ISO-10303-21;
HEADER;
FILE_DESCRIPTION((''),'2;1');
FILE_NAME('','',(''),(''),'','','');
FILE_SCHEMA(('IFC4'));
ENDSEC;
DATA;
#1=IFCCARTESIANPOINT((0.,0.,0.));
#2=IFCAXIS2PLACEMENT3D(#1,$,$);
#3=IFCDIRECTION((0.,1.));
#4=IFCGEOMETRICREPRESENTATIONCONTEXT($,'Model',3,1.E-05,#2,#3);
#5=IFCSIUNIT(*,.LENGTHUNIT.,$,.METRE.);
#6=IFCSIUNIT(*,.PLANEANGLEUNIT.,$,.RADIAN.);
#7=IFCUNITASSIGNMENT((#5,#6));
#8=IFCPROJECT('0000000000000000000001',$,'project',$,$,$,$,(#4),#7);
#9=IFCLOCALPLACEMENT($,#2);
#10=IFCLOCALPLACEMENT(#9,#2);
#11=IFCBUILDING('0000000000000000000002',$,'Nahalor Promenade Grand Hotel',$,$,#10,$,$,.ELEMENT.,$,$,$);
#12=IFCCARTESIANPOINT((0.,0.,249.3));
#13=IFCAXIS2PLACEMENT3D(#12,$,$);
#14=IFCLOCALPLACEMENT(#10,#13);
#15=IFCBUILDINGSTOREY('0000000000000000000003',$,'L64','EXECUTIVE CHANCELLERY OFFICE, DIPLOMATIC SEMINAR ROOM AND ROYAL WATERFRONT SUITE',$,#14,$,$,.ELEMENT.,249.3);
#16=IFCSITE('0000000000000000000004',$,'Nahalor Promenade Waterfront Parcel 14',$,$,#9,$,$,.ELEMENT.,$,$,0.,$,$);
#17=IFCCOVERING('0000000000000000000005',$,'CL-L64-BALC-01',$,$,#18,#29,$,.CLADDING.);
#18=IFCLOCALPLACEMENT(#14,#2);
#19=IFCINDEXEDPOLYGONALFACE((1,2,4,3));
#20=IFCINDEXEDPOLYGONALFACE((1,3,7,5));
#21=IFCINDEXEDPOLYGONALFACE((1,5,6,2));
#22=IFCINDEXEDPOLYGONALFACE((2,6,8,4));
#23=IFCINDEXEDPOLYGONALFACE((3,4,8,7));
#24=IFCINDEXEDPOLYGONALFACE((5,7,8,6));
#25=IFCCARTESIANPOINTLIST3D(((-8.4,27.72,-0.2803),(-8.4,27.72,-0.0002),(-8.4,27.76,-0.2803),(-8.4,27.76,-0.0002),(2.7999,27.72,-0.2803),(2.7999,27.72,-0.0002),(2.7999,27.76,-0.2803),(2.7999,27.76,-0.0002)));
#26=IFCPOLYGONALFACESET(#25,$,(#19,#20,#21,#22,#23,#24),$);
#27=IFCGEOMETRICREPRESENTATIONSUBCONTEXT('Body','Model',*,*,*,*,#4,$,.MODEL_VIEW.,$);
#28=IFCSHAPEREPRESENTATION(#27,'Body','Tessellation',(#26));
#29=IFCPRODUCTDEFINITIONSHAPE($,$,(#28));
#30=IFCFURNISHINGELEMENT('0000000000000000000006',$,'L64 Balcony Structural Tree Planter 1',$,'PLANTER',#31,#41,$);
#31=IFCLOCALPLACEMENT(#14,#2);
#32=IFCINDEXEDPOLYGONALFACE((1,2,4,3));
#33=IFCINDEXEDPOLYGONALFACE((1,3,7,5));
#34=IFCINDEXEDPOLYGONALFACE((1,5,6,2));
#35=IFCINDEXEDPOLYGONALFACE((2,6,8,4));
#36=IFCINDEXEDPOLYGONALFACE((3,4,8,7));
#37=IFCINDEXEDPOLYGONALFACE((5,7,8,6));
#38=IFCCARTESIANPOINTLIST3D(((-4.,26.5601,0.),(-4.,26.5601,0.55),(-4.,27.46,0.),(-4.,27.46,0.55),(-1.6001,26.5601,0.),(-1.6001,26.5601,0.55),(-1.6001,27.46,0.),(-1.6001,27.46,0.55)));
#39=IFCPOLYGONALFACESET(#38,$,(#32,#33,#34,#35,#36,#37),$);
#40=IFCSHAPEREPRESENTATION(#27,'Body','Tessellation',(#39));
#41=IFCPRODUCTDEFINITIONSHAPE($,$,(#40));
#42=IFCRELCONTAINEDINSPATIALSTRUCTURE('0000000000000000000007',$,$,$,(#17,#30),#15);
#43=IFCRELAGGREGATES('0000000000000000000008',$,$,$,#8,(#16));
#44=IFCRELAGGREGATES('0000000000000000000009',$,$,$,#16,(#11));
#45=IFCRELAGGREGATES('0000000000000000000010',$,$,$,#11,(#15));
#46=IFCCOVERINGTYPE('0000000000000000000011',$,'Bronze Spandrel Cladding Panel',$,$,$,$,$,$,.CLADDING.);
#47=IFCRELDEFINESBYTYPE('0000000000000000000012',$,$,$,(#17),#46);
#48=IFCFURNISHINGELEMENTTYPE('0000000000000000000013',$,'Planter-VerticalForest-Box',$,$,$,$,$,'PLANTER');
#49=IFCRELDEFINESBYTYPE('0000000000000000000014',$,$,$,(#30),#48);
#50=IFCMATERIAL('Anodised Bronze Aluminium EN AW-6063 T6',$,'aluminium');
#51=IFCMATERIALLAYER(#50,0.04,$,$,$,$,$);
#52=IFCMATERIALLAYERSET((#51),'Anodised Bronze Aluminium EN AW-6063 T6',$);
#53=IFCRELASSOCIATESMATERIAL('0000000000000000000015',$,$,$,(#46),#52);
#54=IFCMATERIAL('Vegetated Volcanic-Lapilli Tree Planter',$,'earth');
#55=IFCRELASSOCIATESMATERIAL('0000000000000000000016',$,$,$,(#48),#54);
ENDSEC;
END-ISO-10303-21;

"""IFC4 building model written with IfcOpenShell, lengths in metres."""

from ifc_helpers import new_model, si_unit, direction, frame, origin, origin_2d, place, context, subcontext, project, spatial, rectangle, extrude, source, transform, mapped, material, layer, layer_set, type_object, element, save


model = new_model("IFC4")

# Units and contexts
model_context = context("Model", 3, precision=1e-05, world=origin(), true_north=direction((0.0, 1.0)))
body_context = subcontext(model_context, "Body", "Model", "MODEL_VIEW")
ifc_project = project(units=[si_unit("LENGTHUNIT", "METRE"), si_unit("PLANEANGLEUNIT", "RADIAN")], contexts=[model_context])

# Site, building, storey
site_placement = place(None, origin())
site = spatial("IfcSite", under=ifc_project, at=site_placement, Name="Nahalor Promenade Waterfront Parcel 14", CompositionType="ELEMENT", RefElevation=0.0)
building_placement = place(site_placement, origin())
building = spatial("IfcBuilding", under=site, at=building_placement, Name="Nahalor Promenade Grand Hotel", CompositionType="ELEMENT")
storey_placement = place(building_placement, frame((0.0, 0.0, 249.3)))
storey = spatial("IfcBuildingStorey", under=building, at=storey_placement, Name="L64", Description="EXECUTIVE CHANCELLERY OFFICE, DIPLOMATIC SEMINAR ROOM AND ROYAL WATERFRONT SUITE", CompositionType="ELEMENT", Elevation=249.3)

# Shared definitions
ifc_material_1 = material(Name="Anodised Bronze Aluminium EN AW-6063 T6", Category="aluminium")

# Covering
ifc_layer_1 = layer(ifc_material_1, 0.04)
ifc_layer_set_1 = layer_set([ifc_layer_1], Name="Anodised Bronze Aluminium EN AW-6063 T6")
covering_type = type_object("IfcCoveringType", Name="Bronze Spandrel Cladding Panel", PredefinedType="CLADDING", material=ifc_layer_set_1)
shared_shape_1 = source(origin(), body_context, "Body", "SweptSolid", [
    extrude(rectangle(XDim=11.2, YDim=0.04, at=origin_2d()), origin(), (0.0, 0.0, 1.0), 0.28),
])
covering_placement = place(storey_placement, frame((-2.8, 27.74, -0.2803), z_axis=(0.0, 0.0, 1.0), x_axis=(1.0, 0.0, 0.0)))
element("IfcCovering", 1, at=covering_placement, inside=storey, type_object=covering_type, Name="CL-L64-BALC-01", PredefinedType="CLADDING", context=body_context, shape_type="MappedRepresentation", body=[
    mapped(shared_shape_1, transform((0.0, 0.0, 0.0), scale=1.0)),
])

# Furnishing element
ifc_material_2 = material(Name="Vegetated Volcanic-Lapilli Tree Planter", Category="earth")
furnishing_element_type = type_object("IfcFurnishingElementType", Name="Planter-VerticalForest-Box", ElementType="PLANTER", material=ifc_material_2)
shared_shape_2 = source(origin(), body_context, "Body", "SweptSolid", [
    extrude(rectangle(XDim=2.3999, YDim=0.8999, at=origin_2d()), origin(), (0.0, 0.0, 1.0), 0.55),
])
furnishing_placement = place(storey_placement, frame((-2.8, 27.01, 0.0), z_axis=(0.0, 0.0, 1.0), x_axis=(1.0, 0.0, 0.0)))
element("IfcFurnishingElement", 2, at=furnishing_placement, inside=storey, type_object=furnishing_element_type, Name="L64 Balcony Structural Tree Planter 1", ObjectType="PLANTER", context=body_context, shape_type="MappedRepresentation", body=[
    mapped(shared_shape_2, transform((0.0, 0.0, 0.0), scale=1.0)),
])

save(model, "model.ifc")
